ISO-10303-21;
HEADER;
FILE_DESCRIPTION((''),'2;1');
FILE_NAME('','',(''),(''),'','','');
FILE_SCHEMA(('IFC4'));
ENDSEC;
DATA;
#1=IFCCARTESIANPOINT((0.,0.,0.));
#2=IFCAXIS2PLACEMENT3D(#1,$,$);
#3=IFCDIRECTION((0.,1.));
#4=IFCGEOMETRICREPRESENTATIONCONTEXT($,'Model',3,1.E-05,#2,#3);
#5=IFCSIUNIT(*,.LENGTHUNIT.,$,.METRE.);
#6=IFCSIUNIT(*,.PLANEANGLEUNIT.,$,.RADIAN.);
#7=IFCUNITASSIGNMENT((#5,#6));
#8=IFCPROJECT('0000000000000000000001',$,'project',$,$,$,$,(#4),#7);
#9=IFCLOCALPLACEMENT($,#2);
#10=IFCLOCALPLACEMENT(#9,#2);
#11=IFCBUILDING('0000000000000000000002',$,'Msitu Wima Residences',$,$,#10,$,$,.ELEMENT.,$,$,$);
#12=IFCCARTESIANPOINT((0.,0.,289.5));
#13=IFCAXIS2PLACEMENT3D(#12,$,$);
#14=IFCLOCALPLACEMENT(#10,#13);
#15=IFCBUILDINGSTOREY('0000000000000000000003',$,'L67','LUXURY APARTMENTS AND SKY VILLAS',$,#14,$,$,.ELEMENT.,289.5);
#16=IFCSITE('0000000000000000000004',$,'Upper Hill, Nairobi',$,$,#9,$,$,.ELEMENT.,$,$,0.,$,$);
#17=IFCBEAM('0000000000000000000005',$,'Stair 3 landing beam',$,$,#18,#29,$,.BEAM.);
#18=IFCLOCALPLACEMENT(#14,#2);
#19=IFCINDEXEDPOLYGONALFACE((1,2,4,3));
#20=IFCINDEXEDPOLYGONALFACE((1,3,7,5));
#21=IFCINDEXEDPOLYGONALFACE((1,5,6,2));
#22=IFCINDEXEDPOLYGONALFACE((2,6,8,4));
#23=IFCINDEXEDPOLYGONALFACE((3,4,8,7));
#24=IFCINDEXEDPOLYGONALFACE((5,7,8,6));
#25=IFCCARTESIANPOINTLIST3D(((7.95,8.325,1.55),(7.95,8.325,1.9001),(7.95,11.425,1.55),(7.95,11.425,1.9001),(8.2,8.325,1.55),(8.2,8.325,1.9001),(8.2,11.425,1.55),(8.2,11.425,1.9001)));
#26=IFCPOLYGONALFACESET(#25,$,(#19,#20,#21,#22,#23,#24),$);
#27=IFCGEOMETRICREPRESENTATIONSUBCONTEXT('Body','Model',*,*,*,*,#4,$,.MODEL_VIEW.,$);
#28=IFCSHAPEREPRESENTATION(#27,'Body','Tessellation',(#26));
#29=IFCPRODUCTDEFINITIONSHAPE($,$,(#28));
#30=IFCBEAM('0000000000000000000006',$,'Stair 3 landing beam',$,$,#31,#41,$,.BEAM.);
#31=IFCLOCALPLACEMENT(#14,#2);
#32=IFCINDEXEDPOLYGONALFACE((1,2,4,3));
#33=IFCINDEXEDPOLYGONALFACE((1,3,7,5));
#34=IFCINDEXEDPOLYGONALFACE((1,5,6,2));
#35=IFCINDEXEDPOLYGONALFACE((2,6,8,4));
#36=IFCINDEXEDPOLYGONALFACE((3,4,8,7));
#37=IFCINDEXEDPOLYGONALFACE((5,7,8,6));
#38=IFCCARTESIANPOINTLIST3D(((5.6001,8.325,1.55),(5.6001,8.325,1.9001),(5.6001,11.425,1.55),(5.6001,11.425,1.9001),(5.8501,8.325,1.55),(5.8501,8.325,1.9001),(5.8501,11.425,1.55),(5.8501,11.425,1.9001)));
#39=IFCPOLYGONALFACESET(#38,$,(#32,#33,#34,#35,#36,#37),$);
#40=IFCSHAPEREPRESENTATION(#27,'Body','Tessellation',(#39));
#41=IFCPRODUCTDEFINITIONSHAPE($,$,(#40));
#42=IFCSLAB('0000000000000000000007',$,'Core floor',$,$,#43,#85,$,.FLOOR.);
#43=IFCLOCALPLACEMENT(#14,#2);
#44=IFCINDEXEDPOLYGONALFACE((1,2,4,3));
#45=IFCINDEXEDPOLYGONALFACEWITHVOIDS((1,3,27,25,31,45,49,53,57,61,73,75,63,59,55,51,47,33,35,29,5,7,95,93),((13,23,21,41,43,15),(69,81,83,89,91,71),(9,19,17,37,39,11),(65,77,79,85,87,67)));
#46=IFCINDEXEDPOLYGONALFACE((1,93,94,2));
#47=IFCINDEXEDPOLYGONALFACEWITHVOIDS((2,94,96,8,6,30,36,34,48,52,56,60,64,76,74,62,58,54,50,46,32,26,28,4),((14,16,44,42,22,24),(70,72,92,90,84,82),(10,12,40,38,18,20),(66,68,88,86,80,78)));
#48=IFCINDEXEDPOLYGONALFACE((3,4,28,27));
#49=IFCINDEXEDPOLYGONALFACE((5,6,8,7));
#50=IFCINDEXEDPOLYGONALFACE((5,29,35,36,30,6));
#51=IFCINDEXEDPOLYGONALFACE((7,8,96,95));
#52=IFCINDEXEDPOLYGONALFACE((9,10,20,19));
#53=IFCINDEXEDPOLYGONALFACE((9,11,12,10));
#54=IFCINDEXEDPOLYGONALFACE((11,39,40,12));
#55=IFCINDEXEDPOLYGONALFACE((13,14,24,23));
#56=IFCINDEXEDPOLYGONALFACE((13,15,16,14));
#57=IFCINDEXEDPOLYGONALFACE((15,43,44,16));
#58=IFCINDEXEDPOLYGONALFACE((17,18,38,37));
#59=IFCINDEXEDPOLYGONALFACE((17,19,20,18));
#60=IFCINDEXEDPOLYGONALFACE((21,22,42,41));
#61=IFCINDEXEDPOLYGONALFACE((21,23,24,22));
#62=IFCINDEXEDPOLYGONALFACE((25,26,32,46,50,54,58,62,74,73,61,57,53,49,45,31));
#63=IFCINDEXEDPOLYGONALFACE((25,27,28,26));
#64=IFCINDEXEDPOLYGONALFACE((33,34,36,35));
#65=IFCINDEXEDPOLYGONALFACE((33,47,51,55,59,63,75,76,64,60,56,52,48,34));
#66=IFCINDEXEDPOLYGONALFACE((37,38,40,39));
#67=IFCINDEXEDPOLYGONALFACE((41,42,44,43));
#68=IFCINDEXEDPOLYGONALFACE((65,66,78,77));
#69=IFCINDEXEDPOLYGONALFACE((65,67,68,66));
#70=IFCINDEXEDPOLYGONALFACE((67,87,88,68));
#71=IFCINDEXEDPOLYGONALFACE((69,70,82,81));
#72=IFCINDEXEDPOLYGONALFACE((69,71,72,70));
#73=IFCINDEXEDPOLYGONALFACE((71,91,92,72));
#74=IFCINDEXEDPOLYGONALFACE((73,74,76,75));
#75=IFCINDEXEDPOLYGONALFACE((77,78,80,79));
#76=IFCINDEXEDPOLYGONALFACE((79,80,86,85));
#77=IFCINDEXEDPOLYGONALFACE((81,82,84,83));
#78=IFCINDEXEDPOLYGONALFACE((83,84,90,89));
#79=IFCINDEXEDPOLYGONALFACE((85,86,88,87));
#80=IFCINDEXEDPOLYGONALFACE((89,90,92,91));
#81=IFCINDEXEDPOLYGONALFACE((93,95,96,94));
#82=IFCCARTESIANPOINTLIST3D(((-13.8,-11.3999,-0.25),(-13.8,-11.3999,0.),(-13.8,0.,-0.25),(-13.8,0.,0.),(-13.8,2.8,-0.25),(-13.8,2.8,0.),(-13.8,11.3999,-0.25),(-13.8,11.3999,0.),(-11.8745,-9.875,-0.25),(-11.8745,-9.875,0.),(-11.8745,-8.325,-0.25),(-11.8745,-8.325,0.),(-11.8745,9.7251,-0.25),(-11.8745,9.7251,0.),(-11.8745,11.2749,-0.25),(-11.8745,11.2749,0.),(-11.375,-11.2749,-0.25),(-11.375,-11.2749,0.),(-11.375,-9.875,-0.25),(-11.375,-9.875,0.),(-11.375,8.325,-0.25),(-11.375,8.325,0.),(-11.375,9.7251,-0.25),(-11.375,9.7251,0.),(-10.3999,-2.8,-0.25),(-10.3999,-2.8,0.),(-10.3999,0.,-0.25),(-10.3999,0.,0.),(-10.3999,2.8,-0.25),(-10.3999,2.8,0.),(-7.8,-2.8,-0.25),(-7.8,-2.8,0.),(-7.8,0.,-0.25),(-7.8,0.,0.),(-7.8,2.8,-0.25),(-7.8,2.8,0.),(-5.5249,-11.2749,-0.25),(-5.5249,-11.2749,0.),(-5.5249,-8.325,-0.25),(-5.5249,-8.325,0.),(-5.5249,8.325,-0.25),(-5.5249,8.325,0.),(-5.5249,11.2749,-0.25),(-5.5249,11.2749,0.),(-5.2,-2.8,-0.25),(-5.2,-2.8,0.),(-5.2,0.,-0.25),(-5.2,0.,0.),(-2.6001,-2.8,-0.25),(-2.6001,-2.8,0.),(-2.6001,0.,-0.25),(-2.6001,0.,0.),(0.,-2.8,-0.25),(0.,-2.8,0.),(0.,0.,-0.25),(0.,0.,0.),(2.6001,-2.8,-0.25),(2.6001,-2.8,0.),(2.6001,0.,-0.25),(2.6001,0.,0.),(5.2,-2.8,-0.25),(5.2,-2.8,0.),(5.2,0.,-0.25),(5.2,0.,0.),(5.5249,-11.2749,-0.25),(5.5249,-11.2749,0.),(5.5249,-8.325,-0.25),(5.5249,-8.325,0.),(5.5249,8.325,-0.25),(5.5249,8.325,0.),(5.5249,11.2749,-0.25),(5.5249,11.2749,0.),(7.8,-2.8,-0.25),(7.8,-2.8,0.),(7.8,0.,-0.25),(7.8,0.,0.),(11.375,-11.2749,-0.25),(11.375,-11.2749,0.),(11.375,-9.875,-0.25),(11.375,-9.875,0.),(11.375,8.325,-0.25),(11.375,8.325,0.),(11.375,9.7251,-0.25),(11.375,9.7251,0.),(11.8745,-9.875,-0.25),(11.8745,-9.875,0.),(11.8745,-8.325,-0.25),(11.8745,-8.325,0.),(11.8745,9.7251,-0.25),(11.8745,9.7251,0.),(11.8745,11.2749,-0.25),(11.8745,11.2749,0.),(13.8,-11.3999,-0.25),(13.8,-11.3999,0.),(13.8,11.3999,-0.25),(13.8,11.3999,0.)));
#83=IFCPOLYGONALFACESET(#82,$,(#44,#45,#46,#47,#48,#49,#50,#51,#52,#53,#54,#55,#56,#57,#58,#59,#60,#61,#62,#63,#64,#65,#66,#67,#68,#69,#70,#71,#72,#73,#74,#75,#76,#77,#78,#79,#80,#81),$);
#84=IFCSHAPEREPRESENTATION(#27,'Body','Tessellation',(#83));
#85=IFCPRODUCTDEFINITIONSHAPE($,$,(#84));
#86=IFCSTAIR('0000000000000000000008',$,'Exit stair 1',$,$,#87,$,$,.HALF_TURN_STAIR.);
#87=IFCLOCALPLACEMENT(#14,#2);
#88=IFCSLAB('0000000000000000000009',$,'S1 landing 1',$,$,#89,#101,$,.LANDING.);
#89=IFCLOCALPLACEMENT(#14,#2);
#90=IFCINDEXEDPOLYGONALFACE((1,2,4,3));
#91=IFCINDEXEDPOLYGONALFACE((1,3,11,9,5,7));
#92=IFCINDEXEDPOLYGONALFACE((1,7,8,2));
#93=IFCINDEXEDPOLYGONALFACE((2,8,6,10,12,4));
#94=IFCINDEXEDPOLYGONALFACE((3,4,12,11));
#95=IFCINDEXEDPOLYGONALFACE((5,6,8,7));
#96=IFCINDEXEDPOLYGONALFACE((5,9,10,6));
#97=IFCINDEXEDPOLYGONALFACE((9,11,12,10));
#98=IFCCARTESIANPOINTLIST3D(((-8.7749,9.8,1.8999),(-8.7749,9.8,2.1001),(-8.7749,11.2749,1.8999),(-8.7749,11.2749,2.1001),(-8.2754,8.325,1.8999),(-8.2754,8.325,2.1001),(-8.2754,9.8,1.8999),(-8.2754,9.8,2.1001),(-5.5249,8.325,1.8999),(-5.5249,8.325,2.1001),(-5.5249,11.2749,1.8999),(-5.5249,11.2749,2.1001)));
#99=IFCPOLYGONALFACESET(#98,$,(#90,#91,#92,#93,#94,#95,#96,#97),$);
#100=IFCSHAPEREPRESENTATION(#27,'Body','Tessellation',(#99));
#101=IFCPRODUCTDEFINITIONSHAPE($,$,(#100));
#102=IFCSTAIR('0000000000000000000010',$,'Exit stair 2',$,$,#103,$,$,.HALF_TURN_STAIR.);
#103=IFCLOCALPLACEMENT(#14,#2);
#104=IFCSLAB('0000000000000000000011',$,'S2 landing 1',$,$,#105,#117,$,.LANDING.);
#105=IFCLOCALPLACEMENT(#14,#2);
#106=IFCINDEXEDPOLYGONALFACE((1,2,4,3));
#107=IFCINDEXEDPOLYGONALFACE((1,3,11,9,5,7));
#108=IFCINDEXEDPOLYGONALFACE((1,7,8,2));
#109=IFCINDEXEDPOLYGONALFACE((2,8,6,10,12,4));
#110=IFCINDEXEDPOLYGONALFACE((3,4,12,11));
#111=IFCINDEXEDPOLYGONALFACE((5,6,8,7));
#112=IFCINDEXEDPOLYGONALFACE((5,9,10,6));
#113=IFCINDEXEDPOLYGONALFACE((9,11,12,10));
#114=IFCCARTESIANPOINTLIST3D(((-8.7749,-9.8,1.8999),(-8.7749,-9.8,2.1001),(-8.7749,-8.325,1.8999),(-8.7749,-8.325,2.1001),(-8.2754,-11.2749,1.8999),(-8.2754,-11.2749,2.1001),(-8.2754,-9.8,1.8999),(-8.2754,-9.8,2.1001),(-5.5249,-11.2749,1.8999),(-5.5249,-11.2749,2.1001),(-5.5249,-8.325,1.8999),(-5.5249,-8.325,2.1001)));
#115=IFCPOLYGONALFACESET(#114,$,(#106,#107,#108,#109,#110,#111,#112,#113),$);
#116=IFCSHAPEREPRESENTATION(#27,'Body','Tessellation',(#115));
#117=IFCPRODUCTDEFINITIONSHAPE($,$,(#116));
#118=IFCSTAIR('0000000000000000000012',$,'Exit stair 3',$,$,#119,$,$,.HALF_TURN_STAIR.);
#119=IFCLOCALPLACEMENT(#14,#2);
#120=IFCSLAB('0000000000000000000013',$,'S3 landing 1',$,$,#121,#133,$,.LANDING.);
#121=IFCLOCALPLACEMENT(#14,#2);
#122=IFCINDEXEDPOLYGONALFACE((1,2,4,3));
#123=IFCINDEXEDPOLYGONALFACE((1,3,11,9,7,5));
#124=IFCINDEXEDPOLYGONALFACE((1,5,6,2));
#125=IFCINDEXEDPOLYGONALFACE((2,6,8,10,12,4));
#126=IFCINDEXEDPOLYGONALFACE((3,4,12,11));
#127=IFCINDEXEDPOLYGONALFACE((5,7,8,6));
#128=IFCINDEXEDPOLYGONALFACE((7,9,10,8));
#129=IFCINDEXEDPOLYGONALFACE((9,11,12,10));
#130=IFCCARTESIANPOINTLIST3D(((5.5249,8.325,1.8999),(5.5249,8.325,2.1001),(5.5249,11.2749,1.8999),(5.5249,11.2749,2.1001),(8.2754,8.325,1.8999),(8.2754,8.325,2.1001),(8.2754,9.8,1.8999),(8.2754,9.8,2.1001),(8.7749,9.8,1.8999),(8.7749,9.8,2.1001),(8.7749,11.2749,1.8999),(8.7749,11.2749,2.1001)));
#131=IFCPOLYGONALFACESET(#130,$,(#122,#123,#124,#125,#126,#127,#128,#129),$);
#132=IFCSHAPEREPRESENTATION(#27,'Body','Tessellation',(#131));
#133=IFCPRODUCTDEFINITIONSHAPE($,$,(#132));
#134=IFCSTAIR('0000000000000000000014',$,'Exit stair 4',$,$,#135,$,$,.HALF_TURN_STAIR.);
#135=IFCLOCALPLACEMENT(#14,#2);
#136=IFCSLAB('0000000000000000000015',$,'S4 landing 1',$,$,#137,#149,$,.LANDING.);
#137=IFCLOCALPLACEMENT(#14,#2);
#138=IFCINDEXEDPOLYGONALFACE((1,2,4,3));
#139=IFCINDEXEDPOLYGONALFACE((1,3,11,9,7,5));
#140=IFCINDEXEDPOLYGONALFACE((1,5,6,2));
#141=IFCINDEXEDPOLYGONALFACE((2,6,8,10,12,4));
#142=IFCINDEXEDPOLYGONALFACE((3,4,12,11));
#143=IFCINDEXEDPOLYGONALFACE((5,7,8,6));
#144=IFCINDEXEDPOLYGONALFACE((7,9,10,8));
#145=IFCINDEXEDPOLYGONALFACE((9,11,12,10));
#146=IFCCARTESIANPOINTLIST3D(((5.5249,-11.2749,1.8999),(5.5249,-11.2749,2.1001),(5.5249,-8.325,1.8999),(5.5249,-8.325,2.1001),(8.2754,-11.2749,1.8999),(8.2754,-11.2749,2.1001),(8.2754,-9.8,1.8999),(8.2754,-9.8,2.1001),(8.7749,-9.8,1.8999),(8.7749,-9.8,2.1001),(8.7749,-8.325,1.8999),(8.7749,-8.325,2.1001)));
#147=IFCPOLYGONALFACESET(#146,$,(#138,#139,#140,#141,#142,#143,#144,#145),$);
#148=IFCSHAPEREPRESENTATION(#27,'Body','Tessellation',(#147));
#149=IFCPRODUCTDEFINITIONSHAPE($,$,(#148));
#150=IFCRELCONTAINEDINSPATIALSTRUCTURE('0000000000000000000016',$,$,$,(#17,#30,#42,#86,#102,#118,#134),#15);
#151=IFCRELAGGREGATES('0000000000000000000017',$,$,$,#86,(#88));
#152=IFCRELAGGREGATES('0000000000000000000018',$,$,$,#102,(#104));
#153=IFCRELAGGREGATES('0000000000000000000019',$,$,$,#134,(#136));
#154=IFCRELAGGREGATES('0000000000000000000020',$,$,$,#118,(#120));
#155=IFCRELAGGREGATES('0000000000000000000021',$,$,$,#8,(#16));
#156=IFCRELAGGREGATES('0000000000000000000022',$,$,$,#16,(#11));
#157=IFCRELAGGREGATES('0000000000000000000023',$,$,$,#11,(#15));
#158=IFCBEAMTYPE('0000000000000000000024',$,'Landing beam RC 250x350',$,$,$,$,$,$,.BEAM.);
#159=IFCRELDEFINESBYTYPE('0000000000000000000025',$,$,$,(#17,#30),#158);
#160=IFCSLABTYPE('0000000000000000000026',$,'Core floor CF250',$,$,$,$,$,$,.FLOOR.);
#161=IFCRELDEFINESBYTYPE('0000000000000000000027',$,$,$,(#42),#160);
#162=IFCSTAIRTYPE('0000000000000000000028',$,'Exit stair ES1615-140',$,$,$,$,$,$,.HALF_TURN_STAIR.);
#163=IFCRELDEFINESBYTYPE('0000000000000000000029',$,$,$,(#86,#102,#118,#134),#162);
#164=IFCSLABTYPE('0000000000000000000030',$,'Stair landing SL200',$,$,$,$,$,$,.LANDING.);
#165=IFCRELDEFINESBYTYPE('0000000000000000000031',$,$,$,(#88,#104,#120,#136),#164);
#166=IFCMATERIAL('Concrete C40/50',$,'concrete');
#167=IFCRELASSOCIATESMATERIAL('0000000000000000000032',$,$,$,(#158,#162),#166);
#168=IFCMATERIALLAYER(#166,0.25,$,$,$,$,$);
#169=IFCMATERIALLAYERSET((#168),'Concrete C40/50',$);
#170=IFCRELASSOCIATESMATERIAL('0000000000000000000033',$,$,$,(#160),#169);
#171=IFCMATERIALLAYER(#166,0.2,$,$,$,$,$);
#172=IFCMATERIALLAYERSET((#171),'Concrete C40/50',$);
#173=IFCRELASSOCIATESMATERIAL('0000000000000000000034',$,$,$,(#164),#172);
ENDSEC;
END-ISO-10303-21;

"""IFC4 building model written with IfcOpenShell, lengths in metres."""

from ifc_helpers import new_model, si_unit, direction, frame, origin, origin_2d, place, context, subcontext, project, spatial, polyline, rectangle, outline, extrude, material, layer, layer_set, material_profile, profile_set, type_object, element, aggregate, save


model = new_model("IFC4")

# Units and contexts
model_context = context("Model", 3, precision=1e-05, world=origin(), true_north=direction((0.0, 1.0)))
body_context = subcontext(model_context, "Body", "Model", "MODEL_VIEW")
ifc_project = project(units=[si_unit("LENGTHUNIT", "METRE"), si_unit("PLANEANGLEUNIT", "RADIAN")], contexts=[model_context])

# Site, building, storey
site_placement = place(None, origin())
site = spatial("IfcSite", under=ifc_project, at=site_placement, Name="Upper Hill, Nairobi", CompositionType="ELEMENT", RefElevation=0.0)
building_placement = place(site_placement, origin())
building = spatial("IfcBuilding", under=site, at=building_placement, Name="Msitu Wima Residences", CompositionType="ELEMENT")
storey_placement = place(building_placement, frame((0.0, 0.0, 289.5)))
storey = spatial("IfcBuildingStorey", under=building, at=storey_placement, Name="L67", Description="LUXURY APARTMENTS AND SKY VILLAS", CompositionType="ELEMENT", Elevation=289.5)

# Beams
ifc_material_1 = material(Name="Concrete C40/50", Category="concrete")
ifc_material_profile = material_profile(ifc_material_1, rectangle(XDim=0.25, YDim=0.3501, at=origin_2d()), Name="RC 250x350")
ifc_profile_set = profile_set([ifc_material_profile], Name="Concrete C40/50")
beam_type = type_object("IfcBeamType", Name="Landing beam RC 250x350", PredefinedType="BEAM", material=ifc_profile_set)
for number, where, z_axis, x_axis, name in (
    (1, (8.075, 8.325, 1.7251), (0.0, 1.0, 0.0), (-1.0, 0.0, 0.0), "Stair 3 landing beam"),
    (2, (5.7251, 8.325, 1.7251), (0.0, 1.0, 0.0), (-1.0, 0.0, 0.0), "Stair 3 landing beam"),
):
    element("IfcBeam", number, at=place(storey_placement, frame(where, z_axis=z_axis, x_axis=x_axis)), inside=storey, type_object=beam_type, Name=name, PredefinedType="BEAM", context=body_context, shape_type="SweptSolid", body=[
        extrude(rectangle(XDim=0.25, YDim=0.3501, at=origin_2d()), origin(), (0.0, 0.0, 1.0), 3.1001),
    ])

# Slab
ifc_layer_1 = layer(ifc_material_1, 0.25)
ifc_layer_set_1 = layer_set([ifc_layer_1], Name="Concrete C40/50")
slab_type_1 = type_object("IfcSlabType", Name="Core floor CF250", PredefinedType="FLOOR", material=ifc_layer_set_1)
slab_1_placement = place(storey_placement, frame((0.0, 0.0, -0.25)))
element("IfcSlab", 3, at=slab_1_placement, inside=storey, type_object=slab_type_1, Name="Core floor", PredefinedType="FLOOR", context=body_context, shape_type="SweptSolid", body=[
    extrude(outline(polyline([(-13.8, 11.3999), (-13.8, 2.8), (-10.3999, 2.8), (-7.8, 2.8), (-7.8, 0.0), (-5.2, 0.0), (-2.6001, 0.0), (0.0, 0.0), (2.6001, 0.0), (5.2, 0.0), (7.8, 0.0), (7.8, -2.8), (5.2, -2.8), (2.6001, -2.8), (0.0, -2.8), (-2.6001, -2.8), (-5.2, -2.8), (-7.8, -2.8), (-10.3999, -2.8), (-10.3999, 0.0), (-13.8, 0.0), (-13.8, -11.3999), (13.8, -11.3999), (13.8, 11.3999), (-13.8, 11.3999)]), holes=[polyline([(-11.375, -11.2749), (-11.375, -9.875), (-11.8745, -9.875), (-11.8745, -8.325), (-5.5249, -8.325), (-5.5249, -11.2749), (-11.375, -11.2749)]), polyline([(-11.375, 8.325), (-11.375, 9.7251), (-11.8745, 9.7251), (-11.8745, 11.2749), (-5.5249, 11.2749), (-5.5249, 8.325), (-11.375, 8.325)]), polyline([(11.375, -9.875), (11.375, -11.2749), (5.5249, -11.2749), (5.5249, -8.325), (11.8745, -8.325), (11.8745, -9.875), (11.375, -9.875)]), polyline([(11.375, 9.7251), (11.375, 8.325), (5.5249, 8.325), (5.5249, 11.2749), (11.8745, 11.2749), (11.8745, 9.7251), (11.375, 9.7251)])]), origin(), (0.0, 0.0, 1.0), 0.25),
])

# Stairs, slabs
stair_type = type_object("IfcStairType", Name="Exit stair ES1615-140", PredefinedType="HALF_TURN_STAIR", material=ifc_material_1)
stair_1_placement = place(storey_placement, origin())
stair_1 = element("IfcStair", 4, at=stair_1_placement, inside=storey, type_object=stair_type, Name="Exit stair 1", PredefinedType="HALF_TURN_STAIR")
ifc_layer_2 = layer(ifc_material_1, 0.2)
ifc_layer_set_2 = layer_set([ifc_layer_2], Name="Concrete C40/50")
slab_type_2 = type_object("IfcSlabType", Name="Stair landing SL200", PredefinedType="LANDING", material=ifc_layer_set_2)
slab_2_placement = place(storey_placement, frame((0.0, 0.0, 1.8999)))
slab_2 = element("IfcSlab", 5, at=slab_2_placement, type_object=slab_type_2, Name="S1 landing 1", PredefinedType="LANDING", context=body_context, shape_type="SweptSolid", body=[
    extrude(outline(polyline([(-5.5249, 8.325), (-8.2754, 8.325), (-8.2754, 9.8), (-8.7749, 9.8), (-8.7749, 11.2749), (-5.5249, 11.2749), (-5.5249, 8.325)])), origin(), (0.0, 0.0, 1.0), 0.2002),
])
aggregate(stair_1, [slab_2])
stair_2_placement = place(storey_placement, origin())
stair_2 = element("IfcStair", 6, at=stair_2_placement, inside=storey, type_object=stair_type, Name="Exit stair 2", PredefinedType="HALF_TURN_STAIR")
slab_3_placement = place(storey_placement, frame((0.0, 0.0, 1.8999)))
slab_3 = element("IfcSlab", 7, at=slab_3_placement, type_object=slab_type_2, Name="S2 landing 1", PredefinedType="LANDING", context=body_context, shape_type="SweptSolid", body=[
    extrude(outline(polyline([(-5.5249, -11.2749), (-8.2754, -11.2749), (-8.2754, -9.8), (-8.7749, -9.8), (-8.7749, -8.325), (-5.5249, -8.325), (-5.5249, -11.2749)])), origin(), (0.0, 0.0, 1.0), 0.2002),
])
aggregate(stair_2, [slab_3])
stair_3_placement = place(storey_placement, origin())
stair_3 = element("IfcStair", 8, at=stair_3_placement, inside=storey, type_object=stair_type, Name="Exit stair 3", PredefinedType="HALF_TURN_STAIR")
slab_4_placement = place(storey_placement, frame((0.0, 0.0, 1.8999)))
slab_4 = element("IfcSlab", 9, at=slab_4_placement, type_object=slab_type_2, Name="S3 landing 1", PredefinedType="LANDING", context=body_context, shape_type="SweptSolid", body=[
    extrude(outline(polyline([(5.5249, 8.325), (8.2754, 8.325), (8.2754, 9.8), (8.7749, 9.8), (8.7749, 11.2749), (5.5249, 11.2749), (5.5249, 8.325)])), origin(), (0.0, 0.0, 1.0), 0.2002),
])
stair_4_placement = place(storey_placement, origin())
stair_4 = element("IfcStair", 10, at=stair_4_placement, inside=storey, type_object=stair_type, Name="Exit stair 4", PredefinedType="HALF_TURN_STAIR")
slab_5_placement = place(storey_placement, frame((0.0, 0.0, 1.8999)))
slab_5 = element("IfcSlab", 11, at=slab_5_placement, type_object=slab_type_2, Name="S4 landing 1", PredefinedType="LANDING", context=body_context, shape_type="SweptSolid", body=[
    extrude(outline(polyline([(5.5249, -11.2749), (8.2754, -11.2749), (8.2754, -9.8), (8.7749, -9.8), (8.7749, -8.325), (5.5249, -8.325), (5.5249, -11.2749)])), origin(), (0.0, 0.0, 1.0), 0.2002),
])
aggregate(stair_4, [slab_5])

aggregate(stair_3, [slab_4])

save(model, "model.ifc")
